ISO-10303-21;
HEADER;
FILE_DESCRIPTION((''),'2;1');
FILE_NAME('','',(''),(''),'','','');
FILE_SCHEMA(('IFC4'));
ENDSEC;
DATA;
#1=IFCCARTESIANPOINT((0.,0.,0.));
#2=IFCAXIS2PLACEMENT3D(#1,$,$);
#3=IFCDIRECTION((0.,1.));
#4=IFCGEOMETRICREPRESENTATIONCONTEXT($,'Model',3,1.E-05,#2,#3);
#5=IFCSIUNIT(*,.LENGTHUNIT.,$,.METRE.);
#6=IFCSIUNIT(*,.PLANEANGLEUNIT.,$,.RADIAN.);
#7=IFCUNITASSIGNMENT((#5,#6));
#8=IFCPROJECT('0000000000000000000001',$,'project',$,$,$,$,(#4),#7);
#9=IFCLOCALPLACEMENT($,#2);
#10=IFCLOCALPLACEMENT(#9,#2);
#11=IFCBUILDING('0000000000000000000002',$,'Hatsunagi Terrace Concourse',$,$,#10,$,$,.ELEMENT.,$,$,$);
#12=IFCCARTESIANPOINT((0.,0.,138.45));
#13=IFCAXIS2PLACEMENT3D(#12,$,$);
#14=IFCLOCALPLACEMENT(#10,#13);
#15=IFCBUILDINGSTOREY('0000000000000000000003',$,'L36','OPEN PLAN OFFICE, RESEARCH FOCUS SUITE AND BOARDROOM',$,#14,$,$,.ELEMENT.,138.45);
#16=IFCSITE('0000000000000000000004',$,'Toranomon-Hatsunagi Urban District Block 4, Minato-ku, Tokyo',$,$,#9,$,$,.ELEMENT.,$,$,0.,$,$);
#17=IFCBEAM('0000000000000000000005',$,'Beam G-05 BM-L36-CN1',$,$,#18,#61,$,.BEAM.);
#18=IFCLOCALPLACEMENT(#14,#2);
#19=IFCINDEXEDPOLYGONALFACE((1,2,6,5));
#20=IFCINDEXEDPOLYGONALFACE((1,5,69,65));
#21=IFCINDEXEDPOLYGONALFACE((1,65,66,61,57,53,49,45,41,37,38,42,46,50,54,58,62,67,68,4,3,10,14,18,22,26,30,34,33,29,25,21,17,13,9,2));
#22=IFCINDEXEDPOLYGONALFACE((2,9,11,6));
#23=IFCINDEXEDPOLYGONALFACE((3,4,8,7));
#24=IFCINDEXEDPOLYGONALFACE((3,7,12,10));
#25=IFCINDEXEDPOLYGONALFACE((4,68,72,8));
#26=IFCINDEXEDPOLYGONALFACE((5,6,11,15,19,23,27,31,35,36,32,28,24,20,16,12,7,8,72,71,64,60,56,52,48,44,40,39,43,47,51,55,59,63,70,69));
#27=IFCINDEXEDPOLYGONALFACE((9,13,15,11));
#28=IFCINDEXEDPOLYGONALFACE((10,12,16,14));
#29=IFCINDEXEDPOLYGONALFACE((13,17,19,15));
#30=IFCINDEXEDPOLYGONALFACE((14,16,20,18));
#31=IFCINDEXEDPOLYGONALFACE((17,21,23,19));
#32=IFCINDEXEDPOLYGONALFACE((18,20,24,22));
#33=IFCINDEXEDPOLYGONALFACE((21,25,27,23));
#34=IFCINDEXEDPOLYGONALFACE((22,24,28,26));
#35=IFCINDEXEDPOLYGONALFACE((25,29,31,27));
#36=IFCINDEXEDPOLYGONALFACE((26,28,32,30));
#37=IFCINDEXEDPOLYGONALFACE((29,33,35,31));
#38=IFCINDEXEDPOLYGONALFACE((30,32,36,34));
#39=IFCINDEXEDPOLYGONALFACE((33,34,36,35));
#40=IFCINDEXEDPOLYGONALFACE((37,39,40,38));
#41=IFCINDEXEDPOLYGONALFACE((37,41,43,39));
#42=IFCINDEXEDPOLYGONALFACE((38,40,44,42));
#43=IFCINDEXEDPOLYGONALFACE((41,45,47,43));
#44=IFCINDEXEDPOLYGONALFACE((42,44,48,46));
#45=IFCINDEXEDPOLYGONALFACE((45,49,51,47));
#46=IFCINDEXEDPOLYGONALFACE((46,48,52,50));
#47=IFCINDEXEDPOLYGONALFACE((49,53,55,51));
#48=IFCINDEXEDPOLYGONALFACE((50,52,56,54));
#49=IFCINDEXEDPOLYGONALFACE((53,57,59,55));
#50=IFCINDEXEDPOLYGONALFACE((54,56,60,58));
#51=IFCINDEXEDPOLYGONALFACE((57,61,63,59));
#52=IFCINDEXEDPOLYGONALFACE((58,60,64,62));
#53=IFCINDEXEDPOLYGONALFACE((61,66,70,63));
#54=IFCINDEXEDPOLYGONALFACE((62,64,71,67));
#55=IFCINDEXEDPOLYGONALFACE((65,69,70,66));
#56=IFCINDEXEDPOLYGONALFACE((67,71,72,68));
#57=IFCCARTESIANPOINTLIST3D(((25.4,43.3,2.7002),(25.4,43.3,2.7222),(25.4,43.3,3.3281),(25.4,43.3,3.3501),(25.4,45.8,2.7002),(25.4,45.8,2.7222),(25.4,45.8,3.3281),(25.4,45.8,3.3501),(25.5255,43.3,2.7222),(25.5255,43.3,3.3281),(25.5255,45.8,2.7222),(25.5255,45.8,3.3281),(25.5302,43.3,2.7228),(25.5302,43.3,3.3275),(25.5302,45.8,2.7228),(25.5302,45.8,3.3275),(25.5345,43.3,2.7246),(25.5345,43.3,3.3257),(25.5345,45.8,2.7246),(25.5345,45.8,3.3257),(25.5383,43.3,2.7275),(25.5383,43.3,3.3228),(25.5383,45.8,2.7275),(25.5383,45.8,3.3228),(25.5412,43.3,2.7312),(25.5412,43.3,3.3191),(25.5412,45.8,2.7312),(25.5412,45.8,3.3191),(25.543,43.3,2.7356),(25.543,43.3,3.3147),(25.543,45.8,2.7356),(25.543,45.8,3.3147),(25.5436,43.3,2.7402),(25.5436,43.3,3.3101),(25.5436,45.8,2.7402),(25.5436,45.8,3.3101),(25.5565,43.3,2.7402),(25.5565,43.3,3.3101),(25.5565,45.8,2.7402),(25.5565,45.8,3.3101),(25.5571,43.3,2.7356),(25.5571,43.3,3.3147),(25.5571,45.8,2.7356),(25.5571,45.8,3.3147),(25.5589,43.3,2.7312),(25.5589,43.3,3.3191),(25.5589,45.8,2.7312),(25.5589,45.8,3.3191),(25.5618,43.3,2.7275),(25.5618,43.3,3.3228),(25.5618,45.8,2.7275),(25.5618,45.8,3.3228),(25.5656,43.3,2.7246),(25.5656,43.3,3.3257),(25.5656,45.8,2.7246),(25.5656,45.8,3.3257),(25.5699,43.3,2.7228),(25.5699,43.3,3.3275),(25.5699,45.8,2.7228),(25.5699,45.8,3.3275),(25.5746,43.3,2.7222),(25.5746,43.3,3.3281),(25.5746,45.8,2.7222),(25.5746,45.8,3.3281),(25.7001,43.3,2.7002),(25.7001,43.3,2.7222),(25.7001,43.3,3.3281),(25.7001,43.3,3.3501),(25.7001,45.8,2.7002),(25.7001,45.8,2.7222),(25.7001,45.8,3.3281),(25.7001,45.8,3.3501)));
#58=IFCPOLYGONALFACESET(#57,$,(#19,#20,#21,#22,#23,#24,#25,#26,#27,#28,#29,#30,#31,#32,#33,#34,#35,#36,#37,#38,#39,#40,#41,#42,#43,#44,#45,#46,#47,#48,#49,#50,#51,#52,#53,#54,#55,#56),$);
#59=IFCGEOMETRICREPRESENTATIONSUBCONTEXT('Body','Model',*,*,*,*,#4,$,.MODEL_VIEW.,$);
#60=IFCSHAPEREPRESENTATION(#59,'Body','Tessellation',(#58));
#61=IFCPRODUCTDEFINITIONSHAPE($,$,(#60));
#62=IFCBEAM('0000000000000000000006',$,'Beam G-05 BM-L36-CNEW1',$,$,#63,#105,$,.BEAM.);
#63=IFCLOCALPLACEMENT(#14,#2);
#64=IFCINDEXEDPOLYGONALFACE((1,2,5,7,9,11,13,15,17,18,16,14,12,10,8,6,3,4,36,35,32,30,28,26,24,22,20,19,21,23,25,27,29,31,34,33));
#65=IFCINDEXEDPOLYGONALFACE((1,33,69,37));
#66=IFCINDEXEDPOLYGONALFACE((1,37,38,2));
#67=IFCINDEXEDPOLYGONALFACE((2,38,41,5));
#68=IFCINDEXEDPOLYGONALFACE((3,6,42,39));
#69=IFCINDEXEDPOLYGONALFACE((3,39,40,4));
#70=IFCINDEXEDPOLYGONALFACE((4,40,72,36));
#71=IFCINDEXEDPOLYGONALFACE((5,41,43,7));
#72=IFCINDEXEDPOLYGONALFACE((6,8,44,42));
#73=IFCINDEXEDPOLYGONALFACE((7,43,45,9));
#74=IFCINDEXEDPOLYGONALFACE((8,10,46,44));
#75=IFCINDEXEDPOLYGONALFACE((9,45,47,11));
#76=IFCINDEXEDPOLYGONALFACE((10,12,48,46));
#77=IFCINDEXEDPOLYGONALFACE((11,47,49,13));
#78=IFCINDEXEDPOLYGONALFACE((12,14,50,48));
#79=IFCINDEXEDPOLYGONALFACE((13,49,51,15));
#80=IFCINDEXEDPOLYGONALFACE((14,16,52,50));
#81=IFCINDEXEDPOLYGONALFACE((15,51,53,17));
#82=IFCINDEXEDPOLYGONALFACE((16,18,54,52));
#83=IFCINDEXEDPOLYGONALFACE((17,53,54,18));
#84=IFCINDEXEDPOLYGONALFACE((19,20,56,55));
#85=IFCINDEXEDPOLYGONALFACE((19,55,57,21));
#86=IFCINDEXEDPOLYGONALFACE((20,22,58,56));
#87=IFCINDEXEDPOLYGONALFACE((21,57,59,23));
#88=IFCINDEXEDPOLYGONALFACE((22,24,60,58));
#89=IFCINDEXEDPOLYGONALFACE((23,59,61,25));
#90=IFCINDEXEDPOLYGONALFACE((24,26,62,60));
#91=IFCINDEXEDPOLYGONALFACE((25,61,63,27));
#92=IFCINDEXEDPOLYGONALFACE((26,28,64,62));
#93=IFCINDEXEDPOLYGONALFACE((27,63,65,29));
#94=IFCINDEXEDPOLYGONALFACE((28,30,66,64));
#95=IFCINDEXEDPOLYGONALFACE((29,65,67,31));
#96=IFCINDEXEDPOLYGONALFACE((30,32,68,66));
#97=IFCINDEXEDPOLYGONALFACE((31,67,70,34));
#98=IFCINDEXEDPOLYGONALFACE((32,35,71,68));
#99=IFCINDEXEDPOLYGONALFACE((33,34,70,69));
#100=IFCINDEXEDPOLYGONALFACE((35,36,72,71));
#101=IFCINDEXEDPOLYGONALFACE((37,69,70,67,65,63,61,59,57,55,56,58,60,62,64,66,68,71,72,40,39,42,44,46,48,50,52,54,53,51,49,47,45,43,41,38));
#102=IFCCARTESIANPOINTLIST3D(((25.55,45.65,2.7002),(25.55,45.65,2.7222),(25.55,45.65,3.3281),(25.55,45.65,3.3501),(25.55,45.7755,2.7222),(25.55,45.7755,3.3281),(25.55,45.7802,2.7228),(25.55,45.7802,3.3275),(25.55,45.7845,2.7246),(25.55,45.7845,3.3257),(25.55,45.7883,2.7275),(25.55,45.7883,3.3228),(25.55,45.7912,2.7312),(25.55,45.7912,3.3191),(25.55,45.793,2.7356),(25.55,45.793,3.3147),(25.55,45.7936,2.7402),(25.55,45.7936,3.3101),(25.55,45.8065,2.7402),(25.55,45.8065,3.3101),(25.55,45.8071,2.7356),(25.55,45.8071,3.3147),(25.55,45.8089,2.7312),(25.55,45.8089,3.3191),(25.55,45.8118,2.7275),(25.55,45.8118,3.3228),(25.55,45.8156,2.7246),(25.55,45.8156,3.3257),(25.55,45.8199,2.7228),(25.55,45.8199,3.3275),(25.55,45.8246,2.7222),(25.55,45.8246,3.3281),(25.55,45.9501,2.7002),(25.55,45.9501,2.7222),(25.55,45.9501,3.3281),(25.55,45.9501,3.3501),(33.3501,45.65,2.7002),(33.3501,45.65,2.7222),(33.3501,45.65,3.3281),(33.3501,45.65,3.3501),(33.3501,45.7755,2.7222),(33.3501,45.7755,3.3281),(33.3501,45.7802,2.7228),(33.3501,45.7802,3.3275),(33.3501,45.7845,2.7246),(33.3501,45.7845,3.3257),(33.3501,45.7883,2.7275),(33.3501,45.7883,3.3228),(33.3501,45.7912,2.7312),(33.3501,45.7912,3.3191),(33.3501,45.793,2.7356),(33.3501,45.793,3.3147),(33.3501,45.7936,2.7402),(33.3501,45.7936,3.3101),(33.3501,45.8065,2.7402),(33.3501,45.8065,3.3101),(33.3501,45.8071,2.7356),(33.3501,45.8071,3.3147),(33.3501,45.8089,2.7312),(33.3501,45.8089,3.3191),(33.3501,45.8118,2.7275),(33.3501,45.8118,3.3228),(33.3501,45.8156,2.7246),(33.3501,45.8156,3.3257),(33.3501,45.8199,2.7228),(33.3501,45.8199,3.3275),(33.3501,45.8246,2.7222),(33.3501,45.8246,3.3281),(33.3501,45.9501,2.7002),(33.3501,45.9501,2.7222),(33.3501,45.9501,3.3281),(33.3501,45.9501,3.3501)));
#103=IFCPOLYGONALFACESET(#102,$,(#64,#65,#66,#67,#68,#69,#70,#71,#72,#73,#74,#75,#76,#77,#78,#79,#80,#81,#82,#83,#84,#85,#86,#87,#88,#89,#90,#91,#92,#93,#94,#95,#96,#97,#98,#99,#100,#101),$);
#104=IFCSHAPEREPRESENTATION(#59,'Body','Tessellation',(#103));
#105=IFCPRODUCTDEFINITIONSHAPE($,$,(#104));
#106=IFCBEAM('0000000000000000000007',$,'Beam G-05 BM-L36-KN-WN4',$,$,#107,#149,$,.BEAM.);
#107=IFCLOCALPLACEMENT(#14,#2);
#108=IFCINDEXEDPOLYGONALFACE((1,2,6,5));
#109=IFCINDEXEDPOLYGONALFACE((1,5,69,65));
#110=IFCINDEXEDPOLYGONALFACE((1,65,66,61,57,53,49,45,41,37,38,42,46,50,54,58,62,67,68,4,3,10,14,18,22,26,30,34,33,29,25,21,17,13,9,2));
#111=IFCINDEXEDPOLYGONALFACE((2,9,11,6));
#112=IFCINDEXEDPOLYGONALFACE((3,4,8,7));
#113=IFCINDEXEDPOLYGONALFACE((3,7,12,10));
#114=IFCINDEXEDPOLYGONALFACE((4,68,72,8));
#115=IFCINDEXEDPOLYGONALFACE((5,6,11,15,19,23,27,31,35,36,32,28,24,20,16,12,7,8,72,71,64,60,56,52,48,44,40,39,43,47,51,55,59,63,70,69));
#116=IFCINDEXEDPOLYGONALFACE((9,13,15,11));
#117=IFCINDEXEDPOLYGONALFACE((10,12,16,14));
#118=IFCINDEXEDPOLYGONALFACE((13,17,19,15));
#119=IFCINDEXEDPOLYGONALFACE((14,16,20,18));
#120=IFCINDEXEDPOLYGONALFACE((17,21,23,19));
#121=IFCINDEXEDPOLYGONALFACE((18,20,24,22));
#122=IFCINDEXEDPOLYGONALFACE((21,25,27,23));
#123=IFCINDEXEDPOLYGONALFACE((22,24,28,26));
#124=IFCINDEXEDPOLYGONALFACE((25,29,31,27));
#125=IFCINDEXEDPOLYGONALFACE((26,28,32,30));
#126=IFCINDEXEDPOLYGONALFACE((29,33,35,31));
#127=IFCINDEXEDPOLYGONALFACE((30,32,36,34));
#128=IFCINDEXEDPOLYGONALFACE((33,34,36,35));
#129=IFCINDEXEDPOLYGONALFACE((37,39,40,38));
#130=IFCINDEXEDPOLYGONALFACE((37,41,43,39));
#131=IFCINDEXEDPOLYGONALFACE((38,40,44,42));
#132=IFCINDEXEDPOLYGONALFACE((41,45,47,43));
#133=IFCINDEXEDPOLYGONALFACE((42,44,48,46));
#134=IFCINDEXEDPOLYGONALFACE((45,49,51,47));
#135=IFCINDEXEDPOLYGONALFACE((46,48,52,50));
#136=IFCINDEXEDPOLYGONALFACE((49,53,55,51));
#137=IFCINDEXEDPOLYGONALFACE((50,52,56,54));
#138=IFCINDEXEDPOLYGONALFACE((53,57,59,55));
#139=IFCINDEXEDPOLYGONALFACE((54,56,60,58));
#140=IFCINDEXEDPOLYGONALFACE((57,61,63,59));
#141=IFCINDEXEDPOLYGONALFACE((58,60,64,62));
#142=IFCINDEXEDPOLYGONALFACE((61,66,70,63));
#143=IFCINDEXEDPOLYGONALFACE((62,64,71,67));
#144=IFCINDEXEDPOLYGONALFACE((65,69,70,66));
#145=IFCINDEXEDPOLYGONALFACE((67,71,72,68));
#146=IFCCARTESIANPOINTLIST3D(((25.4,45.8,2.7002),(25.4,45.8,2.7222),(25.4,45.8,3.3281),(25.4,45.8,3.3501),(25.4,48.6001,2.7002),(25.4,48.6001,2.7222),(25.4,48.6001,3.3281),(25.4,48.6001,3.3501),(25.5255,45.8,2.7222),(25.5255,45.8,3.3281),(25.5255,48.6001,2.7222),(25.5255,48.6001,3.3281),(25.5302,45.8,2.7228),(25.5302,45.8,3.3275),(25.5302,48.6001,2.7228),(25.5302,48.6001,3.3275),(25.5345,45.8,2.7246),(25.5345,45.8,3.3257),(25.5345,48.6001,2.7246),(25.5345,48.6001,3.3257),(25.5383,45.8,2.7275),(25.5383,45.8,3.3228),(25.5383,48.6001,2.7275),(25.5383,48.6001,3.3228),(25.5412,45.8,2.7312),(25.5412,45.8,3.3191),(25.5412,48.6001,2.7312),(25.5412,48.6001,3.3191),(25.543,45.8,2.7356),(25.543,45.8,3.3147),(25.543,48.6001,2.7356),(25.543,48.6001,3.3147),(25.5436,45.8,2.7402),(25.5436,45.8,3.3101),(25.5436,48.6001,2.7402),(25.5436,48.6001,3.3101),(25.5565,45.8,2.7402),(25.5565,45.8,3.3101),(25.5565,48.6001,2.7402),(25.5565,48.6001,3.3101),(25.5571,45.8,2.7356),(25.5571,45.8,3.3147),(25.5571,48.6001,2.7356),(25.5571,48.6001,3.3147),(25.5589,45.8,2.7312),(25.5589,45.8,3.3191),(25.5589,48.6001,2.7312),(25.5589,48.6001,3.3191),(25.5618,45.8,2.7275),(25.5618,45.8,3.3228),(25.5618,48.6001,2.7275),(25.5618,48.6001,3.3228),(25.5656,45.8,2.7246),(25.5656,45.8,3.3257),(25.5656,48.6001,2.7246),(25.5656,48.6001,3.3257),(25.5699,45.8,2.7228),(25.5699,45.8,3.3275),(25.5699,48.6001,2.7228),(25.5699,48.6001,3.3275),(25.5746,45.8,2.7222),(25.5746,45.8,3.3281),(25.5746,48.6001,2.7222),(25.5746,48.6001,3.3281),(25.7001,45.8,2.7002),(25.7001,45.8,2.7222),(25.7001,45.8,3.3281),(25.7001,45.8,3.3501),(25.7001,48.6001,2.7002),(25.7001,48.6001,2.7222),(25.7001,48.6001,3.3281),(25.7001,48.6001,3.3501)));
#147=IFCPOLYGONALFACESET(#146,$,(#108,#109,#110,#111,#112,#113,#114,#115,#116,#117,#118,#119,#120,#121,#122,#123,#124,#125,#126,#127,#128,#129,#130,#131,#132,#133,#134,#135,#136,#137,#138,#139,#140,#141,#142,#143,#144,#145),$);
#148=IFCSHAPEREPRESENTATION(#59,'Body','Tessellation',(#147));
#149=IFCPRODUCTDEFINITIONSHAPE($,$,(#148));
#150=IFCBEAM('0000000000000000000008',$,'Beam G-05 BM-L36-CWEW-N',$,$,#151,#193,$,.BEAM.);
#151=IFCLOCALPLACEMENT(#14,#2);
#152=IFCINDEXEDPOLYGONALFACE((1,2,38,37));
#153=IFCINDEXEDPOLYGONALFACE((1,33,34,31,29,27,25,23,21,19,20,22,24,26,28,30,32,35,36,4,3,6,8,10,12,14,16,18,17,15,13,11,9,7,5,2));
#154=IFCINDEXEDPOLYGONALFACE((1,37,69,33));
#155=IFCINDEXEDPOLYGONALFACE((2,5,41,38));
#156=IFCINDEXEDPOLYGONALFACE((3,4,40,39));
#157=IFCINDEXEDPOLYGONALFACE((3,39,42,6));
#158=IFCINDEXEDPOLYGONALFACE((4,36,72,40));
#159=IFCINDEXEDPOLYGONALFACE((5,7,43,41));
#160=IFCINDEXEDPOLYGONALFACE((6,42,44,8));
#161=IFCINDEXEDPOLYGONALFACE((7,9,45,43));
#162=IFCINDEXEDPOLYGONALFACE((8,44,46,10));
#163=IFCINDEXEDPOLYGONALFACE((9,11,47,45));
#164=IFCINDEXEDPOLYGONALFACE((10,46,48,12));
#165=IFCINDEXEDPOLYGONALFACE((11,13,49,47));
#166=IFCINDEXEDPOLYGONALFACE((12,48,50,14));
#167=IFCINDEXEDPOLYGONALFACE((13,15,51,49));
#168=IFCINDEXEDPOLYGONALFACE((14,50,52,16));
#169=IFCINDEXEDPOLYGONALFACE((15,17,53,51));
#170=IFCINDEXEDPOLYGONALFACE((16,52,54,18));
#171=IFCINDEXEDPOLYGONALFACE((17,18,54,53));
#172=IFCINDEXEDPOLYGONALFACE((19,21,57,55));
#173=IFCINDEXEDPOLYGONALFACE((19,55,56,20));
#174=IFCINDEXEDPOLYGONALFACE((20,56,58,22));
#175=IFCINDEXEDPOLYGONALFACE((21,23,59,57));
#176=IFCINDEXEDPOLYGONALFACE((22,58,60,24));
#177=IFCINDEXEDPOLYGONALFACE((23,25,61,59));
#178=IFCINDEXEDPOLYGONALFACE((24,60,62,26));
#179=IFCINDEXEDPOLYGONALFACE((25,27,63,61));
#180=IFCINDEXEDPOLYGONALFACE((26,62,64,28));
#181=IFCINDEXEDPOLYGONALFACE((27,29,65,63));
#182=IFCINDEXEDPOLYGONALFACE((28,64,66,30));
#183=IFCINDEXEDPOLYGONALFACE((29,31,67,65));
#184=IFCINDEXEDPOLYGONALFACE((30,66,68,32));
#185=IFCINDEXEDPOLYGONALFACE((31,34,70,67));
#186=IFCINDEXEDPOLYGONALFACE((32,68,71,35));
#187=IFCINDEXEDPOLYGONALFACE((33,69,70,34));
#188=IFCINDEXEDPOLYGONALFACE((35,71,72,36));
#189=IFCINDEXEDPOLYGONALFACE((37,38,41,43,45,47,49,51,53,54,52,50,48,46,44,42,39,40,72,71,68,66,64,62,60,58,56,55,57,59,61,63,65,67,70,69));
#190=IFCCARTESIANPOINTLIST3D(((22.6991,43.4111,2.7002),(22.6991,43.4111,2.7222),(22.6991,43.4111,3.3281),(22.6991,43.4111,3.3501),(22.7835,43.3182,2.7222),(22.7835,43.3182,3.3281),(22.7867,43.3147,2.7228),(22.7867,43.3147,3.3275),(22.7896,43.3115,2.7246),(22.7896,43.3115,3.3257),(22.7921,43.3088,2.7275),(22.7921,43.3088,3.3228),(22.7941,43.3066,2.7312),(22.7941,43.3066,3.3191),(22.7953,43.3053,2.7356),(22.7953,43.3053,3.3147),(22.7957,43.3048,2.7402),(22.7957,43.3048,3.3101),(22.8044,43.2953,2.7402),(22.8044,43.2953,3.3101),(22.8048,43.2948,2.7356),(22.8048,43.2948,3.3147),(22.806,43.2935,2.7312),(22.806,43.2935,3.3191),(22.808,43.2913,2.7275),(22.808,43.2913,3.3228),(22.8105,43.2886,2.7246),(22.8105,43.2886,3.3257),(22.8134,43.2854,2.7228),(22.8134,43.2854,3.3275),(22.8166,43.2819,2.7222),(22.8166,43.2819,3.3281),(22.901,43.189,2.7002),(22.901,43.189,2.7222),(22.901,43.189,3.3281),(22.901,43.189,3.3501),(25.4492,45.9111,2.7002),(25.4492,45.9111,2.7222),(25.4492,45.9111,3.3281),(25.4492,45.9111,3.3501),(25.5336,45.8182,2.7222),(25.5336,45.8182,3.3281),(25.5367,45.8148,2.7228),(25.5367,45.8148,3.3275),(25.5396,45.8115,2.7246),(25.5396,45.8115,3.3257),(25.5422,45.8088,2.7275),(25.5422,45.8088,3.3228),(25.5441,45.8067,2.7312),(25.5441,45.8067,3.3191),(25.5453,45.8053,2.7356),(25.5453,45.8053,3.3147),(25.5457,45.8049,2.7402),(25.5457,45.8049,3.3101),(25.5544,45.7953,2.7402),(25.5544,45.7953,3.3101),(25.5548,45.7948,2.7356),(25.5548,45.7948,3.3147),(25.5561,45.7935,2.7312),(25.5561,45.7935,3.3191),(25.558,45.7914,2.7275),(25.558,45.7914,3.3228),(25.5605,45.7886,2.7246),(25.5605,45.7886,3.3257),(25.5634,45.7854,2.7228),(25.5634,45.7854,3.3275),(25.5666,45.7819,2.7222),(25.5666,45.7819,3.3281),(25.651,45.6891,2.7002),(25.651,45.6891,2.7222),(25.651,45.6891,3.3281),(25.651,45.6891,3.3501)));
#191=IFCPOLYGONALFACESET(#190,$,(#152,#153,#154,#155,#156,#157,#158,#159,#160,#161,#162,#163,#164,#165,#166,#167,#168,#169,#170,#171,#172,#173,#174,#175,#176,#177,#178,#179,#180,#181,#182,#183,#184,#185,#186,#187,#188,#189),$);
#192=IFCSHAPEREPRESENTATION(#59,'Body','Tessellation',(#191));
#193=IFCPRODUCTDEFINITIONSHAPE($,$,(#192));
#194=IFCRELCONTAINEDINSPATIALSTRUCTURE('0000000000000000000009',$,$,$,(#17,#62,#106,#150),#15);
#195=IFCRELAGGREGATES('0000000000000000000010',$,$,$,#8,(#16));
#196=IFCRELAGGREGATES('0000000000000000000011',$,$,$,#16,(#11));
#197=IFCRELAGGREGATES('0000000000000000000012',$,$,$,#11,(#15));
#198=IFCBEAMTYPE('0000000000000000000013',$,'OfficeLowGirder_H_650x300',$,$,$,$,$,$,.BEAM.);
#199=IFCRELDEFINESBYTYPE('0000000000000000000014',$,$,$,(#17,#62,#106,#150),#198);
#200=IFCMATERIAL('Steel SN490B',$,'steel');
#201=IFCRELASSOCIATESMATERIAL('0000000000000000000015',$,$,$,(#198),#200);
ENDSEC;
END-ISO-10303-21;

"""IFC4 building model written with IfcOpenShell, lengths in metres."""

from ifc_helpers import new_model, si_unit, direction, frame, origin, origin_2d, place, context, subcontext, project, spatial, i_section, extrude, material, material_profile, profile_set, type_object, element, save


model = new_model("IFC4")

# Units and contexts
model_context = context("Model", 3, precision=1e-05, world=origin(), true_north=direction((0.0, 1.0)))
body_context = subcontext(model_context, "Body", "Model", "MODEL_VIEW")
ifc_project = project(units=[si_unit("LENGTHUNIT", "METRE"), si_unit("PLANEANGLEUNIT", "RADIAN")], contexts=[model_context])

# Site, building, storey
site_placement = place(None, origin())
site = spatial("IfcSite", under=ifc_project, at=site_placement, Name="Toranomon-Hatsunagi Urban District Block 4, Minato-ku, Tokyo", CompositionType="ELEMENT", RefElevation=0.0)
building_placement = place(site_placement, origin())
building = spatial("IfcBuilding", under=site, at=building_placement, Name="Hatsunagi Terrace Concourse", CompositionType="ELEMENT")
storey_placement = place(building_placement, frame((0.0, 0.0, 138.45)))
storey = spatial("IfcBuildingStorey", under=building, at=storey_placement, Name="L36", Description="OPEN PLAN OFFICE, RESEARCH FOCUS SUITE AND BOARDROOM", CompositionType="ELEMENT", Elevation=138.45)

# Beams
ifc_material_1 = material(Name="Steel SN490B", Category="steel")
ifc_material_profile_1 = material_profile(ifc_material_1, i_section(OverallWidth=0.3, OverallDepth=0.6499, WebThickness=0.0129, FlangeThickness=0.022, FilletRadius=0.0181, at=origin_2d()), Name="H-650x300x13x22")
ifc_profile_set_1 = profile_set([ifc_material_profile_1], Name="Steel SN490B")
beam_type_1 = type_object("IfcBeamType", Name="OfficeLowGirder_H_650x300", PredefinedType="BEAM", material=ifc_profile_set_1)
beam_1_placement = place(storey_placement, frame((25.55, 43.3, 3.0251), z_axis=(0.0, 1.0, 0.0), x_axis=(-1.0, 0.0, 0.0)))
element("IfcBeam", 1, at=beam_1_placement, inside=storey, type_object=beam_type_1, Name="Beam G-05 BM-L36-CN1", PredefinedType="BEAM", context=body_context, shape_type="SweptSolid", body=[
    extrude(i_section(OverallWidth=0.3, OverallDepth=0.6499, WebThickness=0.0129, FlangeThickness=0.022, FilletRadius=0.0181, at=origin_2d()), origin(), (0.0, 0.0, 1.0), 2.5),
])
beam_2_placement = place(storey_placement, frame((25.55, 45.8, 3.0251), z_axis=(1.0, 0.0, 0.0), x_axis=(0.0, 1.0, 0.0)))
element("IfcBeam", 2, at=beam_2_placement, inside=storey, type_object=beam_type_1, Name="Beam G-05 BM-L36-CNEW1", PredefinedType="BEAM", context=body_context, shape_type="SweptSolid", body=[
    extrude(i_section(OverallWidth=0.3, OverallDepth=0.6499, WebThickness=0.0129, FlangeThickness=0.022, FilletRadius=0.0181, at=origin_2d()), origin(), (0.0, 0.0, 1.0), 7.8),
])
beam_3_placement = place(storey_placement, frame((25.55, 45.8, 3.0251), z_axis=(0.0, 1.0, 0.0), x_axis=(-1.0, 0.0, 0.0)))
element("IfcBeam", 3, at=beam_3_placement, inside=storey, type_object=beam_type_1, Name="Beam G-05 BM-L36-KN-WN4", PredefinedType="BEAM", context=body_context, shape_type="SweptSolid", body=[
    extrude(i_section(OverallWidth=0.3, OverallDepth=0.6499, WebThickness=0.0129, FlangeThickness=0.022, FilletRadius=0.0181, at=origin_2d()), origin(), (0.0, 0.0, 1.0), 2.8),
])
beam_4_placement = place(storey_placement, frame((22.8, 43.3, 3.0251), z_axis=(0.73994, 0.672673, 0.0), x_axis=(-0.672673, 0.73994, 0.0)))
element("IfcBeam", 4, at=beam_4_placement, inside=storey, type_object=beam_type_1, Name="Beam G-05 BM-L36-CWEW-N", PredefinedType="BEAM", context=body_context, shape_type="SweptSolid", body=[
    extrude(i_section(OverallWidth=0.3, OverallDepth=0.6499, WebThickness=0.0129, FlangeThickness=0.022, FilletRadius=0.0181, at=origin_2d()), origin(), (0.0, 0.0, 1.0), 3.7166),
])

save(model, "model.ifc")
